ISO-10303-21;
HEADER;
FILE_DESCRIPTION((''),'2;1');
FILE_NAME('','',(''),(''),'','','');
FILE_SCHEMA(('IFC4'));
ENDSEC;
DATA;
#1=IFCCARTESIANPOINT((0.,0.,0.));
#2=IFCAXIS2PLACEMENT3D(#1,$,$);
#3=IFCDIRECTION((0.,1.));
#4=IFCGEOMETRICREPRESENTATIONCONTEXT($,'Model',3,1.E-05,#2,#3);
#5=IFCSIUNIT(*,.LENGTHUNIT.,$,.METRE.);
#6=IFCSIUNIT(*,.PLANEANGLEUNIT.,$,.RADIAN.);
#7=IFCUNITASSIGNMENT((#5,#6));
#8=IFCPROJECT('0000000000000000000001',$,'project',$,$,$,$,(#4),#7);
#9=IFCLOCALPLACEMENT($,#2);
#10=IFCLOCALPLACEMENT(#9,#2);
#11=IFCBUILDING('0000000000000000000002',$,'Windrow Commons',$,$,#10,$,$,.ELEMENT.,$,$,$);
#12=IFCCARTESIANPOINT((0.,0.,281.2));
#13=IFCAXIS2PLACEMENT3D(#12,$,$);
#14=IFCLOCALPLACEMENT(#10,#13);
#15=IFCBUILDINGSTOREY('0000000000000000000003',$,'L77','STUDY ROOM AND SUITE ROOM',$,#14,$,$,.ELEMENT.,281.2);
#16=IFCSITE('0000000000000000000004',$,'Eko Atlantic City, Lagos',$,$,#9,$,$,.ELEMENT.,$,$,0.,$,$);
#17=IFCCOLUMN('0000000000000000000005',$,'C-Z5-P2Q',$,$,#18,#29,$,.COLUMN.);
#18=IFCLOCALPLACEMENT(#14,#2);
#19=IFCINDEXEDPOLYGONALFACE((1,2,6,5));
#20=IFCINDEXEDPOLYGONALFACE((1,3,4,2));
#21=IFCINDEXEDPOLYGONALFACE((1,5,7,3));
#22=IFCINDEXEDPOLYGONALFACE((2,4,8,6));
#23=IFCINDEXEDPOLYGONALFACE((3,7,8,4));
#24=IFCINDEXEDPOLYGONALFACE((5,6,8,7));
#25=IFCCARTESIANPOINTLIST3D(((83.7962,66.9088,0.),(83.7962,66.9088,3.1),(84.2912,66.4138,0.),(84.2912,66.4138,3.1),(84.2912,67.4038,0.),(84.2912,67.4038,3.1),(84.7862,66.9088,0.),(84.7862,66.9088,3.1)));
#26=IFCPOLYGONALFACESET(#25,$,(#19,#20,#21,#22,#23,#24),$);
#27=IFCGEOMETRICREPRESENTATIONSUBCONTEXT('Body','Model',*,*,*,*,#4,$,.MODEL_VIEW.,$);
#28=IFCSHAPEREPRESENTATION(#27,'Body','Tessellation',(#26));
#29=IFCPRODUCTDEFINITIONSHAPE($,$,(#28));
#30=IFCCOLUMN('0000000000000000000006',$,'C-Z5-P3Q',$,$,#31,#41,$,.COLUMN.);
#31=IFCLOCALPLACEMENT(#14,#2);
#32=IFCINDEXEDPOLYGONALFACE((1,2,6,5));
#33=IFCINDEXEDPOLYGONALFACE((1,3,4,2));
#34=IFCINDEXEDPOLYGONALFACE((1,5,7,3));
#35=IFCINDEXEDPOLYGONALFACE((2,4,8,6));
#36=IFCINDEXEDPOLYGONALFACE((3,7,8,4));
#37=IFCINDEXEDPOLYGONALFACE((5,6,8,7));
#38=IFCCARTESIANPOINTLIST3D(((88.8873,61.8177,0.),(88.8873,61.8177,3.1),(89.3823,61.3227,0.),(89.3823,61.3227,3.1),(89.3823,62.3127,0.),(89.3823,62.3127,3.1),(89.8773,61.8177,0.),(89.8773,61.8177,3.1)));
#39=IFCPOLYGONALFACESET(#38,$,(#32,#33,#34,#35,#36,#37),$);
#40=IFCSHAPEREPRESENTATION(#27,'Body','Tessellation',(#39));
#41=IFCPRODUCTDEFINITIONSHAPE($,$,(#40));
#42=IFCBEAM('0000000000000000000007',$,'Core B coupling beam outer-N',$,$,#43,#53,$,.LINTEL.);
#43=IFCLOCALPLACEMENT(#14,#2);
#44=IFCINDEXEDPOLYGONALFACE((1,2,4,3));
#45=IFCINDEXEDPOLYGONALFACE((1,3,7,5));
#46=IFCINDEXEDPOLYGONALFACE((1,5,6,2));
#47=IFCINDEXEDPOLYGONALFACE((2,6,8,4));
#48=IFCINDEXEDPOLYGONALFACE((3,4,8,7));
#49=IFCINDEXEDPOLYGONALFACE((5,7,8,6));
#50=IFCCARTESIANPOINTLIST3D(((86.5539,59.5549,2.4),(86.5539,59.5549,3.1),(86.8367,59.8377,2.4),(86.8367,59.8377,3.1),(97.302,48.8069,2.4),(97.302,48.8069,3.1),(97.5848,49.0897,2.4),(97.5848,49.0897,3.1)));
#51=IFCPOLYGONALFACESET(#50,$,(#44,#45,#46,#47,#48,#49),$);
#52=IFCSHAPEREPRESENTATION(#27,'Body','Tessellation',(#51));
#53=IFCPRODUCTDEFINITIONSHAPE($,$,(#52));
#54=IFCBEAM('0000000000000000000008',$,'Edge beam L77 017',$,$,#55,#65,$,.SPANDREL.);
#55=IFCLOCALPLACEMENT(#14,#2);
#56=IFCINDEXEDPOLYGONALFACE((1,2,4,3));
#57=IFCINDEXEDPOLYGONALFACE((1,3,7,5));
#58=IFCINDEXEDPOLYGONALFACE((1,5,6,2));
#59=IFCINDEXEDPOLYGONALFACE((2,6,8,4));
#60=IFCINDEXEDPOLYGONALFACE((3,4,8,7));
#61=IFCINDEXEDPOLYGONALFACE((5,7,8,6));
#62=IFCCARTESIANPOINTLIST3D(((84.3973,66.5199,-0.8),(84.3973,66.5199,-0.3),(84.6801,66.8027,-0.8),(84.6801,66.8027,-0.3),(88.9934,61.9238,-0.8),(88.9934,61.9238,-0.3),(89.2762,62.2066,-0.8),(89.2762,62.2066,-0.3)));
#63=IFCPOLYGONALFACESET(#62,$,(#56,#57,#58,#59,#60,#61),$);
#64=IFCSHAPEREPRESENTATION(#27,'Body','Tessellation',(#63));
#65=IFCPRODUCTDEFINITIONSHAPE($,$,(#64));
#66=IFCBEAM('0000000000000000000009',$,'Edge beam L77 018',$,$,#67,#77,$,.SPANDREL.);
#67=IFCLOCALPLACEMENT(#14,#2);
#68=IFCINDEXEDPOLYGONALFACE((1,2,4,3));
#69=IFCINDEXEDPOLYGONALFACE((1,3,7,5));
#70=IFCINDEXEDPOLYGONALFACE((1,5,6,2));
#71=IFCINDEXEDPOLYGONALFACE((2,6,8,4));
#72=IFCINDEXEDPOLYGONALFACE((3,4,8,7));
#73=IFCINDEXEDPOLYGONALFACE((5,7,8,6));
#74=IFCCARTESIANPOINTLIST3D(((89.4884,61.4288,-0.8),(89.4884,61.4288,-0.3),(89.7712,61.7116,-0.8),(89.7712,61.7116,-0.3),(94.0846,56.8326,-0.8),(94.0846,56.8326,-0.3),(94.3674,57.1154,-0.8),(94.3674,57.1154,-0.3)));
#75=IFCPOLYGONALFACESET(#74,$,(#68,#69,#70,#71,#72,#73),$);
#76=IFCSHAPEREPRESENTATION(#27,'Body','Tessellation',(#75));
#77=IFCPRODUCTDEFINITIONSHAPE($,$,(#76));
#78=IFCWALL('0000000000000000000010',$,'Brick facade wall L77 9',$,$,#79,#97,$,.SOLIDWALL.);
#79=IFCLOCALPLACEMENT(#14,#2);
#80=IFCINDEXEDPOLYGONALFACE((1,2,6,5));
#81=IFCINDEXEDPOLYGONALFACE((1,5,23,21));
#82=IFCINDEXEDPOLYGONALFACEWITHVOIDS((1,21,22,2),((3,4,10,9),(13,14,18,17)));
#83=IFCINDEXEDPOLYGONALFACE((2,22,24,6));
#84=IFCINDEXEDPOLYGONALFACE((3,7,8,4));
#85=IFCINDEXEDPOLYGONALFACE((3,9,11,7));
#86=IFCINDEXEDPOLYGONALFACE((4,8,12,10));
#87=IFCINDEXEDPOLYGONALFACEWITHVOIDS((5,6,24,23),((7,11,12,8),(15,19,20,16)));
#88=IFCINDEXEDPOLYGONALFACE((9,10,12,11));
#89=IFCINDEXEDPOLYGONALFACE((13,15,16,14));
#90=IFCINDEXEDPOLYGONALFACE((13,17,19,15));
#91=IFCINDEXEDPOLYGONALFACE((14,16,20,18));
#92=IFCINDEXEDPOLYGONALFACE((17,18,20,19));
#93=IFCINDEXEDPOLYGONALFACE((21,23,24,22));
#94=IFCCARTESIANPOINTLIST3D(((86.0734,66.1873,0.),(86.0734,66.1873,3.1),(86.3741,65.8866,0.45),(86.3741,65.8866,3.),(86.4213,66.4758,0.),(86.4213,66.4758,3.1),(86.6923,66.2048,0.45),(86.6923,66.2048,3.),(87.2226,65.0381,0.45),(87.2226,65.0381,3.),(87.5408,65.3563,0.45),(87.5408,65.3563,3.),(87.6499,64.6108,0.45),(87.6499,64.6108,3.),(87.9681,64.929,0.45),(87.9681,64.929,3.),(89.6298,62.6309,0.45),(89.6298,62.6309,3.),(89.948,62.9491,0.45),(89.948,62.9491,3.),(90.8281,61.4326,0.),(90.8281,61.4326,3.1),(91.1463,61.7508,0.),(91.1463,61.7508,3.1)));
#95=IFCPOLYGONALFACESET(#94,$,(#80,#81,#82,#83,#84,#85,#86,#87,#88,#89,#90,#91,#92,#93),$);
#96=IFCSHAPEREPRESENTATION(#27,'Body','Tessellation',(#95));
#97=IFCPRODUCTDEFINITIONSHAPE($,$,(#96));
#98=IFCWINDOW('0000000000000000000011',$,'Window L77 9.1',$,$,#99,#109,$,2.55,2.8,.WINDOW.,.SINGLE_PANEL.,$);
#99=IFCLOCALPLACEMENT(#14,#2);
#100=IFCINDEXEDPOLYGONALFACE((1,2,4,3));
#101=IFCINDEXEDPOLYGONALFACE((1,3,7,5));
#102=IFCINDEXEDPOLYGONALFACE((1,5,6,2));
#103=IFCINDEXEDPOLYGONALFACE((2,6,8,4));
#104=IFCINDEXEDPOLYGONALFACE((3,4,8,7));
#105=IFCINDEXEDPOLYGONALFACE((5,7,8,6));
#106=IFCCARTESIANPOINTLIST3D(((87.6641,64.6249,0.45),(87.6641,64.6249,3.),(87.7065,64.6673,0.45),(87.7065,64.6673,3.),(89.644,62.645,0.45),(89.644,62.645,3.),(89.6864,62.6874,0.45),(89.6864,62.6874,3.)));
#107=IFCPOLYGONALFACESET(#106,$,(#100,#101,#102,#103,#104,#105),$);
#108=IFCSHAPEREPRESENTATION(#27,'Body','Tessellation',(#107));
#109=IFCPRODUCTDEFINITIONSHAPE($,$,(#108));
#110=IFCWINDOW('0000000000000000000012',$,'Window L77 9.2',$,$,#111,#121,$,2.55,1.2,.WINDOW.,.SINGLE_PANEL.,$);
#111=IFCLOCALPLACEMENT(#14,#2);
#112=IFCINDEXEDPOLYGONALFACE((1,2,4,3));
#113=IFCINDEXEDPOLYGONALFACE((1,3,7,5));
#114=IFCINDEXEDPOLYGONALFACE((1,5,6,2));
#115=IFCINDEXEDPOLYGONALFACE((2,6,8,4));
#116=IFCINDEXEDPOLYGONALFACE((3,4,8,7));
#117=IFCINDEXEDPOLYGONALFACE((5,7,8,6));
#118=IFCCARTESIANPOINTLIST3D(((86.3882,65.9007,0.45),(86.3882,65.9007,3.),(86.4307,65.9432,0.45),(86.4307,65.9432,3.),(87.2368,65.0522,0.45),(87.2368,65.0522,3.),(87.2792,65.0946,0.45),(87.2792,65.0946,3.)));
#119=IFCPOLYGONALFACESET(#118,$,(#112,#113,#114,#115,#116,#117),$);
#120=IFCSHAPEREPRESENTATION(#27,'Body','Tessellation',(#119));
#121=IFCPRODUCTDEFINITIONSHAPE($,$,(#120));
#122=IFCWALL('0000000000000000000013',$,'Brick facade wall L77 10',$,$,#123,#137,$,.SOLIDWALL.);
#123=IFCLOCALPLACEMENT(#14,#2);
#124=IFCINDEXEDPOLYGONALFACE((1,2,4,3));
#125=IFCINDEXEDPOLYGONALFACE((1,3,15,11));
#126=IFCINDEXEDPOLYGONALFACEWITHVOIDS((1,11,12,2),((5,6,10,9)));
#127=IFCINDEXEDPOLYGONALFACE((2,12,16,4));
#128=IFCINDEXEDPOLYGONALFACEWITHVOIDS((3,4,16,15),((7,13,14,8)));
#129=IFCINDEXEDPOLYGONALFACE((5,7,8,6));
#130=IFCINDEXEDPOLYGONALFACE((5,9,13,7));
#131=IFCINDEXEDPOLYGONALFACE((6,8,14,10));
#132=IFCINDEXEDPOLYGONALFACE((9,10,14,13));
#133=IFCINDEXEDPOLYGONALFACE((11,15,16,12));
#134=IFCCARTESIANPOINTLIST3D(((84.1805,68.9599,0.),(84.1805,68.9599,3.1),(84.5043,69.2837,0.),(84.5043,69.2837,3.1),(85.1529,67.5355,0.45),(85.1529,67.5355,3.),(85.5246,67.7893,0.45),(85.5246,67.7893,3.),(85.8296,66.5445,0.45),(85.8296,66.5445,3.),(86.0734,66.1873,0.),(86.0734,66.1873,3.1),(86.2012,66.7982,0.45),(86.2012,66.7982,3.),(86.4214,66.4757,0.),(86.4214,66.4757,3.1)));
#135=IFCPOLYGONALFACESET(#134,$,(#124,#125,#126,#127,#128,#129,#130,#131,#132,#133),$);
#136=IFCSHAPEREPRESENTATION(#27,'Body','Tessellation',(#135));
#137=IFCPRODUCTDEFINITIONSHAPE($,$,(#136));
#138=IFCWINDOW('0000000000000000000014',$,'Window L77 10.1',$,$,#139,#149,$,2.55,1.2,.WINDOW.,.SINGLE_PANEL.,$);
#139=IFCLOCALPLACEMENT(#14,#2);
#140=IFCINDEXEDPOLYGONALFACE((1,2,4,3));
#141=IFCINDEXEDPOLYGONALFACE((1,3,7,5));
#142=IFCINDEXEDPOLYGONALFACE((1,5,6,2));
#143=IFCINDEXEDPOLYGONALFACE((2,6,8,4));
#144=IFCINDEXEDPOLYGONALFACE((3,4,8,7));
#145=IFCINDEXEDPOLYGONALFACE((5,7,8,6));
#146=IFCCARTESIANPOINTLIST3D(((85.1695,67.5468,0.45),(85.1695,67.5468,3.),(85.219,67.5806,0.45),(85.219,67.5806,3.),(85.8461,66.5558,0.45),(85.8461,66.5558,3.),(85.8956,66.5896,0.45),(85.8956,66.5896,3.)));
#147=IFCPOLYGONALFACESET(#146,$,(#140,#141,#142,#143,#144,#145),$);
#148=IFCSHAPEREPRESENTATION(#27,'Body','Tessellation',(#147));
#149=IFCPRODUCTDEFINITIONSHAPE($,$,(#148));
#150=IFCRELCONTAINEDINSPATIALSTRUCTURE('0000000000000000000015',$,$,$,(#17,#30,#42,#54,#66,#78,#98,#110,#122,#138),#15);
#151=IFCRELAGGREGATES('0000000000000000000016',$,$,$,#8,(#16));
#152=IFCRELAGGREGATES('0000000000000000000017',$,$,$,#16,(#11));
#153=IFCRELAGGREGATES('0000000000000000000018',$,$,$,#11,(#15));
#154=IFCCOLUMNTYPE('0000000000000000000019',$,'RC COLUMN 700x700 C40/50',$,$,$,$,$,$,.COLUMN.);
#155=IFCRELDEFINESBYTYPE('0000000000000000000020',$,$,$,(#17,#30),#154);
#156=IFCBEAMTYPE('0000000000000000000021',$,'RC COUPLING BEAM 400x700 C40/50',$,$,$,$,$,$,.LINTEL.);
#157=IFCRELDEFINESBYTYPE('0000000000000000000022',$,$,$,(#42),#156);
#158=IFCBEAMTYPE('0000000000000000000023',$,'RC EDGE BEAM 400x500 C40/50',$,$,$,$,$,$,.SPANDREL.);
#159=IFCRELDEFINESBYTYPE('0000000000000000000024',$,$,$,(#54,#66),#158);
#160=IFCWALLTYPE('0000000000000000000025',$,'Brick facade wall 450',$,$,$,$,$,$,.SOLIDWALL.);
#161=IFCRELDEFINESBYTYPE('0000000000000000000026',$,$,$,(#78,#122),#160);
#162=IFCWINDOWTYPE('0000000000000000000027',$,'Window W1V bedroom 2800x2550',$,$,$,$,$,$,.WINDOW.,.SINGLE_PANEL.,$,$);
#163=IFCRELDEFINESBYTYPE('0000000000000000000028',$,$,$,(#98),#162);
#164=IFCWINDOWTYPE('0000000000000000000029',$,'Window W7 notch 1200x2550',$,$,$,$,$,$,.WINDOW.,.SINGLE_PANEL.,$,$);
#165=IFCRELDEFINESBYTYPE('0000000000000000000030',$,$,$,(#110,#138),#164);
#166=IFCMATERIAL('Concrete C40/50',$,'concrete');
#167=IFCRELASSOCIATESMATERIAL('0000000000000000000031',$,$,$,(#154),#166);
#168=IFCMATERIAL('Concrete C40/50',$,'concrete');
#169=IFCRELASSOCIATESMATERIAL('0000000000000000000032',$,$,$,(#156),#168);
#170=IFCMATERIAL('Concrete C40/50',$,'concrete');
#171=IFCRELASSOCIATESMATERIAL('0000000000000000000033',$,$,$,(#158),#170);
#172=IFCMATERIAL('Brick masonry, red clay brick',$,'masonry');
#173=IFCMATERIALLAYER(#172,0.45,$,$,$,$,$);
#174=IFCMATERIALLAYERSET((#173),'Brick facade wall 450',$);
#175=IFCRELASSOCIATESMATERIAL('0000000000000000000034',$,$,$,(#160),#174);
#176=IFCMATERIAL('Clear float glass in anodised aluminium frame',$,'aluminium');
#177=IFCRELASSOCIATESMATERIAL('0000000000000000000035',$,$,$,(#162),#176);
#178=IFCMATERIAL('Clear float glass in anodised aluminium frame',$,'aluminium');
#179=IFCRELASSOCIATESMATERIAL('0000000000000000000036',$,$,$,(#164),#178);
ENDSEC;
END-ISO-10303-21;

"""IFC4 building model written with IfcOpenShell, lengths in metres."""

from ifc_helpers import new_model, si_unit, direction, frame, frame_2d, origin, origin_2d, place, context, subcontext, project, spatial, polyline, rectangle, outline, extrude, material, layer, layer_set, material_profile, profile_set, type_object, element, fill, save


model = new_model("IFC4")

# Units and contexts
model_context = context("Model", 3, precision=1e-05, world=origin(), true_north=direction((0.0, 1.0)))
body_context = subcontext(model_context, "Body", "Model", "MODEL_VIEW")
ifc_project = project(units=[si_unit("LENGTHUNIT", "METRE"), si_unit("PLANEANGLEUNIT", "RADIAN")], contexts=[model_context])

# Site, building, storey
site_placement = place(None, origin())
site = spatial("IfcSite", under=ifc_project, at=site_placement, Name="Eko Atlantic City, Lagos", CompositionType="ELEMENT", RefElevation=0.0)
building_placement = place(site_placement, origin())
building = spatial("IfcBuilding", under=site, at=building_placement, Name="Windrow Commons", CompositionType="ELEMENT")
storey_placement = place(building_placement, frame((0.0, 0.0, 281.2)))
storey = spatial("IfcBuildingStorey", under=building, at=storey_placement, Name="L77", Description="STUDY ROOM AND SUITE ROOM", CompositionType="ELEMENT", Elevation=281.2)

# Columns
ifc_material_1 = material(Name="Concrete C40/50", Category="concrete")
ifc_material_profile_1 = material_profile(ifc_material_1, rectangle(XDim=0.7, YDim=0.7, at=origin_2d()))
ifc_profile_set_1 = profile_set([ifc_material_profile_1], Name="Concrete C40/50")
column_type = type_object("IfcColumnType", Name="RC COLUMN 700x700 C40/50", PredefinedType="COLUMN", material=ifc_profile_set_1)
for number, where, z_axis, x_axis, name in (
    (1, (84.2912, 66.9088, 0.0), (0.0, 0.0, 1.0), (0.707107, -0.707107, 0.0), "C-Z5-P2Q"),
    (2, (89.3823, 61.8177, 0.0), (0.0, 0.0, 1.0), (0.707107, -0.707107, 0.0), "C-Z5-P3Q"),
):
    element("IfcColumn", number, at=place(storey_placement, frame(where, z_axis=z_axis, x_axis=x_axis)), inside=storey, type_object=column_type, Name=name, PredefinedType="COLUMN", context=body_context, shape_type="SweptSolid", body=[
        extrude(rectangle(XDim=0.7, YDim=0.7, at=origin_2d()), origin(), (0.0, 0.0, 1.0), 3.1),
    ])

# Beams
ifc_material_2 = material(Name="Concrete C40/50", Category="concrete")
ifc_material_profile_2 = material_profile(ifc_material_2, rectangle(XDim=0.4, YDim=0.7, at=origin_2d()))
ifc_profile_set_2 = profile_set([ifc_material_profile_2], Name="Concrete C40/50")
beam_type_1 = type_object("IfcBeamType", Name="RC COUPLING BEAM 400x700 C40/50", PredefinedType="LINTEL", material=ifc_profile_set_2)
beam_1_placement = place(storey_placement, frame((86.6953, 59.6963, 2.75), z_axis=(0.70711, -0.707103, 0.0), x_axis=(0.707103, 0.70711, 0.0)))
element("IfcBeam", 3, at=beam_1_placement, inside=storey, type_object=beam_type_1, Name="Core B coupling beam outer-N", PredefinedType="LINTEL", context=body_context, shape_type="SweptSolid", body=[
    extrude(rectangle(XDim=0.4, YDim=0.7, at=origin_2d()), origin(), (0.0, 0.0, 1.0), 15.2),
])
ifc_material_3 = material(Name="Concrete C40/50", Category="concrete")
ifc_material_profile_3 = material_profile(ifc_material_3, rectangle(XDim=0.4, YDim=0.5, at=origin_2d()))
ifc_profile_set_3 = profile_set([ifc_material_profile_3], Name="Concrete C40/50")
beam_type_2 = type_object("IfcBeamType", Name="RC EDGE BEAM 400x500 C40/50", PredefinedType="SPANDREL", material=ifc_profile_set_3)
beam_2_placement = place(storey_placement, frame((84.5387, 66.6613, -0.55), z_axis=(0.707107, -0.707107, 0.0), x_axis=(0.707107, 0.707107, 0.0)))
element("IfcBeam", 4, at=beam_2_placement, inside=storey, type_object=beam_type_2, Name="Edge beam L77 017", PredefinedType="SPANDREL", context=body_context, shape_type="SweptSolid", body=[
    extrude(rectangle(XDim=0.4, YDim=0.5, at=origin_2d()), origin(), (0.0, 0.0, 1.0), 6.4999),
])
beam_3_placement = place(storey_placement, frame((89.6298, 61.5702, -0.55), z_axis=(0.707107, -0.707107, 0.0), x_axis=(0.707107, 0.707107, 0.0)))
element("IfcBeam", 5, at=beam_3_placement, inside=storey, type_object=beam_type_2, Name="Edge beam L77 018", PredefinedType="SPANDREL", context=body_context, shape_type="SweptSolid", body=[
    extrude(rectangle(XDim=0.4, YDim=0.5, at=origin_2d()), origin(), (0.0, 0.0, 1.0), 6.5),
])

# Wall, openings, windows
ifc_material_4 = material(Name="Brick masonry, red clay brick", Category="masonry")
ifc_layer_1 = layer(ifc_material_4, 0.45)
ifc_layer_set_1 = layer_set([ifc_layer_1], Name="Brick facade wall 450")
wall_type_1 = type_object("IfcWallType", Name="Brick facade wall 450", PredefinedType="SOLIDWALL", material=ifc_layer_set_1)
wall_1_placement = place(storey_placement, frame((90.9872, 61.5917, 0.0), z_axis=(0.0, 0.0, 1.0), x_axis=(-0.707107, 0.707107, 0.0)))
wall_1 = element("IfcWall", 6, at=wall_1_placement, inside=storey, type_object=wall_type_1, Name="Brick facade wall L77 9", PredefinedType="SOLIDWALL", context=body_context, shape_type="SweptSolid", body=[
    extrude(outline(polyline([(0.0, -0.225), (6.6821, -0.225), (6.7242, 0.225), (0.0, 0.225), (0.0, -0.225)])), origin(), (0.0, 0.0, 1.0), 3.1),
])
opening_1_placement = place(wall_1_placement, frame((1.6946, 0.0, 0.45)))
opening_1 = element("IfcOpeningElement", 7, at=opening_1_placement, cuts=wall_1, PredefinedType="OPENING", context=body_context, shape_type="SweptSolid", body=[
    extrude(rectangle(XDim=2.8, YDim=2.55, at=frame_2d((1.4, 1.275))), frame((0.0, 0.235, 0.0), z_axis=(0.0, -1.0, 0.0), x_axis=(1.0, 0.0, 0.0)), (0.0, 0.0, 1.0), 0.47),
])
opening_2_placement = place(wall_1_placement, frame((5.0989, 0.0, 0.45)))
opening_2 = element("IfcOpeningElement", 8, at=opening_2_placement, cuts=wall_1, PredefinedType="OPENING", context=body_context, shape_type="SweptSolid", body=[
    extrude(rectangle(XDim=1.2, YDim=2.55, at=frame_2d((0.6, 1.275))), frame((0.0, 0.235, 0.0), z_axis=(0.0, -1.0, 0.0), x_axis=(1.0, 0.0, 0.0)), (0.0, 0.0, 1.0), 0.47),
])
ifc_material_5 = material(Name="Clear float glass in anodised aluminium frame", Category="aluminium")
window_type_1 = type_object("IfcWindowType", Name="Window W1V bedroom 2800x2550", PartitioningType="SINGLE_PANEL", PredefinedType="WINDOW", material=ifc_material_5)
window_1_placement = place(opening_1_placement, origin())
window_1 = element("IfcWindow", 9, at=window_1_placement, inside=storey, type_object=window_type_1, Name="Window L77 9.1", OverallHeight=2.55, OverallWidth=2.8, PartitioningType="SINGLE_PANEL", PredefinedType="WINDOW", context=body_context, shape_type="SweptSolid", body=[
    extrude(rectangle(XDim=2.8, YDim=2.55, at=frame_2d((1.4, 1.275))), frame((0.0, 0.205, 0.0), z_axis=(0.0, -1.0, 0.0), x_axis=(1.0, 0.0, 0.0)), (0.0, 0.0, 1.0), 0.06),
])
fill(opening_1, window_1)
ifc_material_6 = material(Name="Clear float glass in anodised aluminium frame", Category="aluminium")
window_type_2 = type_object("IfcWindowType", Name="Window W7 notch 1200x2550", PartitioningType="SINGLE_PANEL", PredefinedType="WINDOW", material=ifc_material_6)
window_2_placement = place(opening_2_placement, origin())
window_2 = element("IfcWindow", 10, at=window_2_placement, inside=storey, type_object=window_type_2, Name="Window L77 9.2", OverallHeight=2.55, OverallWidth=1.2, PartitioningType="SINGLE_PANEL", PredefinedType="WINDOW", context=body_context, shape_type="SweptSolid", body=[
    extrude(rectangle(XDim=1.2, YDim=2.55, at=frame_2d((0.6, 1.275))), frame((0.0, 0.205, 0.0), z_axis=(0.0, -1.0, 0.0), x_axis=(1.0, 0.0, 0.0)), (0.0, 0.0, 1.0), 0.06),
])
fill(opening_2, window_2)

# Wall, opening, window
wall_2_placement = place(storey_placement, frame((86.2474, 66.3315, 0.0), z_axis=(0.0, 0.0, 1.0), x_axis=(-0.563846, 0.82588, 0.0)))
wall_2 = element("IfcWall", 11, at=wall_2_placement, inside=storey, type_object=wall_type_1, Name="Brick facade wall L77 10", PredefinedType="SOLIDWALL", context=body_context, shape_type="SweptSolid", body=[
    extrude(outline(polyline([(0.021, -0.225), (3.421, -0.225), (3.3361, 0.225), (-0.021, 0.225), (0.021, -0.225)])), origin(), (0.0, 0.0, 1.0), 3.1),
])
opening_3_placement = place(wall_2_placement, frame((0.4115, 0.0, 0.45)))
opening_3 = element("IfcOpeningElement", 12, at=opening_3_placement, cuts=wall_2, PredefinedType="OPENING", context=body_context, shape_type="SweptSolid", body=[
    extrude(rectangle(XDim=1.2, YDim=2.55, at=frame_2d((0.6, 1.275))), frame((0.0, 0.235, 0.0), z_axis=(0.0, -1.0, 0.0), x_axis=(1.0, 0.0, 0.0)), (0.0, 0.0, 1.0), 0.47),
])
window_3_placement = place(opening_3_placement, origin())
window_3 = element("IfcWindow", 13, at=window_3_placement, inside=storey, type_object=window_type_2, Name="Window L77 10.1", OverallHeight=2.55, OverallWidth=1.2, PartitioningType="SINGLE_PANEL", PredefinedType="WINDOW", context=body_context, shape_type="SweptSolid", body=[
    extrude(rectangle(XDim=1.2, YDim=2.55, at=frame_2d((0.6, 1.275))), frame((0.0, 0.205, 0.0), z_axis=(0.0, -1.0, 0.0), x_axis=(1.0, 0.0, 0.0)), (0.0, 0.0, 1.0), 0.06),
])
fill(opening_3, window_3)

save(model, "model.ifc")
